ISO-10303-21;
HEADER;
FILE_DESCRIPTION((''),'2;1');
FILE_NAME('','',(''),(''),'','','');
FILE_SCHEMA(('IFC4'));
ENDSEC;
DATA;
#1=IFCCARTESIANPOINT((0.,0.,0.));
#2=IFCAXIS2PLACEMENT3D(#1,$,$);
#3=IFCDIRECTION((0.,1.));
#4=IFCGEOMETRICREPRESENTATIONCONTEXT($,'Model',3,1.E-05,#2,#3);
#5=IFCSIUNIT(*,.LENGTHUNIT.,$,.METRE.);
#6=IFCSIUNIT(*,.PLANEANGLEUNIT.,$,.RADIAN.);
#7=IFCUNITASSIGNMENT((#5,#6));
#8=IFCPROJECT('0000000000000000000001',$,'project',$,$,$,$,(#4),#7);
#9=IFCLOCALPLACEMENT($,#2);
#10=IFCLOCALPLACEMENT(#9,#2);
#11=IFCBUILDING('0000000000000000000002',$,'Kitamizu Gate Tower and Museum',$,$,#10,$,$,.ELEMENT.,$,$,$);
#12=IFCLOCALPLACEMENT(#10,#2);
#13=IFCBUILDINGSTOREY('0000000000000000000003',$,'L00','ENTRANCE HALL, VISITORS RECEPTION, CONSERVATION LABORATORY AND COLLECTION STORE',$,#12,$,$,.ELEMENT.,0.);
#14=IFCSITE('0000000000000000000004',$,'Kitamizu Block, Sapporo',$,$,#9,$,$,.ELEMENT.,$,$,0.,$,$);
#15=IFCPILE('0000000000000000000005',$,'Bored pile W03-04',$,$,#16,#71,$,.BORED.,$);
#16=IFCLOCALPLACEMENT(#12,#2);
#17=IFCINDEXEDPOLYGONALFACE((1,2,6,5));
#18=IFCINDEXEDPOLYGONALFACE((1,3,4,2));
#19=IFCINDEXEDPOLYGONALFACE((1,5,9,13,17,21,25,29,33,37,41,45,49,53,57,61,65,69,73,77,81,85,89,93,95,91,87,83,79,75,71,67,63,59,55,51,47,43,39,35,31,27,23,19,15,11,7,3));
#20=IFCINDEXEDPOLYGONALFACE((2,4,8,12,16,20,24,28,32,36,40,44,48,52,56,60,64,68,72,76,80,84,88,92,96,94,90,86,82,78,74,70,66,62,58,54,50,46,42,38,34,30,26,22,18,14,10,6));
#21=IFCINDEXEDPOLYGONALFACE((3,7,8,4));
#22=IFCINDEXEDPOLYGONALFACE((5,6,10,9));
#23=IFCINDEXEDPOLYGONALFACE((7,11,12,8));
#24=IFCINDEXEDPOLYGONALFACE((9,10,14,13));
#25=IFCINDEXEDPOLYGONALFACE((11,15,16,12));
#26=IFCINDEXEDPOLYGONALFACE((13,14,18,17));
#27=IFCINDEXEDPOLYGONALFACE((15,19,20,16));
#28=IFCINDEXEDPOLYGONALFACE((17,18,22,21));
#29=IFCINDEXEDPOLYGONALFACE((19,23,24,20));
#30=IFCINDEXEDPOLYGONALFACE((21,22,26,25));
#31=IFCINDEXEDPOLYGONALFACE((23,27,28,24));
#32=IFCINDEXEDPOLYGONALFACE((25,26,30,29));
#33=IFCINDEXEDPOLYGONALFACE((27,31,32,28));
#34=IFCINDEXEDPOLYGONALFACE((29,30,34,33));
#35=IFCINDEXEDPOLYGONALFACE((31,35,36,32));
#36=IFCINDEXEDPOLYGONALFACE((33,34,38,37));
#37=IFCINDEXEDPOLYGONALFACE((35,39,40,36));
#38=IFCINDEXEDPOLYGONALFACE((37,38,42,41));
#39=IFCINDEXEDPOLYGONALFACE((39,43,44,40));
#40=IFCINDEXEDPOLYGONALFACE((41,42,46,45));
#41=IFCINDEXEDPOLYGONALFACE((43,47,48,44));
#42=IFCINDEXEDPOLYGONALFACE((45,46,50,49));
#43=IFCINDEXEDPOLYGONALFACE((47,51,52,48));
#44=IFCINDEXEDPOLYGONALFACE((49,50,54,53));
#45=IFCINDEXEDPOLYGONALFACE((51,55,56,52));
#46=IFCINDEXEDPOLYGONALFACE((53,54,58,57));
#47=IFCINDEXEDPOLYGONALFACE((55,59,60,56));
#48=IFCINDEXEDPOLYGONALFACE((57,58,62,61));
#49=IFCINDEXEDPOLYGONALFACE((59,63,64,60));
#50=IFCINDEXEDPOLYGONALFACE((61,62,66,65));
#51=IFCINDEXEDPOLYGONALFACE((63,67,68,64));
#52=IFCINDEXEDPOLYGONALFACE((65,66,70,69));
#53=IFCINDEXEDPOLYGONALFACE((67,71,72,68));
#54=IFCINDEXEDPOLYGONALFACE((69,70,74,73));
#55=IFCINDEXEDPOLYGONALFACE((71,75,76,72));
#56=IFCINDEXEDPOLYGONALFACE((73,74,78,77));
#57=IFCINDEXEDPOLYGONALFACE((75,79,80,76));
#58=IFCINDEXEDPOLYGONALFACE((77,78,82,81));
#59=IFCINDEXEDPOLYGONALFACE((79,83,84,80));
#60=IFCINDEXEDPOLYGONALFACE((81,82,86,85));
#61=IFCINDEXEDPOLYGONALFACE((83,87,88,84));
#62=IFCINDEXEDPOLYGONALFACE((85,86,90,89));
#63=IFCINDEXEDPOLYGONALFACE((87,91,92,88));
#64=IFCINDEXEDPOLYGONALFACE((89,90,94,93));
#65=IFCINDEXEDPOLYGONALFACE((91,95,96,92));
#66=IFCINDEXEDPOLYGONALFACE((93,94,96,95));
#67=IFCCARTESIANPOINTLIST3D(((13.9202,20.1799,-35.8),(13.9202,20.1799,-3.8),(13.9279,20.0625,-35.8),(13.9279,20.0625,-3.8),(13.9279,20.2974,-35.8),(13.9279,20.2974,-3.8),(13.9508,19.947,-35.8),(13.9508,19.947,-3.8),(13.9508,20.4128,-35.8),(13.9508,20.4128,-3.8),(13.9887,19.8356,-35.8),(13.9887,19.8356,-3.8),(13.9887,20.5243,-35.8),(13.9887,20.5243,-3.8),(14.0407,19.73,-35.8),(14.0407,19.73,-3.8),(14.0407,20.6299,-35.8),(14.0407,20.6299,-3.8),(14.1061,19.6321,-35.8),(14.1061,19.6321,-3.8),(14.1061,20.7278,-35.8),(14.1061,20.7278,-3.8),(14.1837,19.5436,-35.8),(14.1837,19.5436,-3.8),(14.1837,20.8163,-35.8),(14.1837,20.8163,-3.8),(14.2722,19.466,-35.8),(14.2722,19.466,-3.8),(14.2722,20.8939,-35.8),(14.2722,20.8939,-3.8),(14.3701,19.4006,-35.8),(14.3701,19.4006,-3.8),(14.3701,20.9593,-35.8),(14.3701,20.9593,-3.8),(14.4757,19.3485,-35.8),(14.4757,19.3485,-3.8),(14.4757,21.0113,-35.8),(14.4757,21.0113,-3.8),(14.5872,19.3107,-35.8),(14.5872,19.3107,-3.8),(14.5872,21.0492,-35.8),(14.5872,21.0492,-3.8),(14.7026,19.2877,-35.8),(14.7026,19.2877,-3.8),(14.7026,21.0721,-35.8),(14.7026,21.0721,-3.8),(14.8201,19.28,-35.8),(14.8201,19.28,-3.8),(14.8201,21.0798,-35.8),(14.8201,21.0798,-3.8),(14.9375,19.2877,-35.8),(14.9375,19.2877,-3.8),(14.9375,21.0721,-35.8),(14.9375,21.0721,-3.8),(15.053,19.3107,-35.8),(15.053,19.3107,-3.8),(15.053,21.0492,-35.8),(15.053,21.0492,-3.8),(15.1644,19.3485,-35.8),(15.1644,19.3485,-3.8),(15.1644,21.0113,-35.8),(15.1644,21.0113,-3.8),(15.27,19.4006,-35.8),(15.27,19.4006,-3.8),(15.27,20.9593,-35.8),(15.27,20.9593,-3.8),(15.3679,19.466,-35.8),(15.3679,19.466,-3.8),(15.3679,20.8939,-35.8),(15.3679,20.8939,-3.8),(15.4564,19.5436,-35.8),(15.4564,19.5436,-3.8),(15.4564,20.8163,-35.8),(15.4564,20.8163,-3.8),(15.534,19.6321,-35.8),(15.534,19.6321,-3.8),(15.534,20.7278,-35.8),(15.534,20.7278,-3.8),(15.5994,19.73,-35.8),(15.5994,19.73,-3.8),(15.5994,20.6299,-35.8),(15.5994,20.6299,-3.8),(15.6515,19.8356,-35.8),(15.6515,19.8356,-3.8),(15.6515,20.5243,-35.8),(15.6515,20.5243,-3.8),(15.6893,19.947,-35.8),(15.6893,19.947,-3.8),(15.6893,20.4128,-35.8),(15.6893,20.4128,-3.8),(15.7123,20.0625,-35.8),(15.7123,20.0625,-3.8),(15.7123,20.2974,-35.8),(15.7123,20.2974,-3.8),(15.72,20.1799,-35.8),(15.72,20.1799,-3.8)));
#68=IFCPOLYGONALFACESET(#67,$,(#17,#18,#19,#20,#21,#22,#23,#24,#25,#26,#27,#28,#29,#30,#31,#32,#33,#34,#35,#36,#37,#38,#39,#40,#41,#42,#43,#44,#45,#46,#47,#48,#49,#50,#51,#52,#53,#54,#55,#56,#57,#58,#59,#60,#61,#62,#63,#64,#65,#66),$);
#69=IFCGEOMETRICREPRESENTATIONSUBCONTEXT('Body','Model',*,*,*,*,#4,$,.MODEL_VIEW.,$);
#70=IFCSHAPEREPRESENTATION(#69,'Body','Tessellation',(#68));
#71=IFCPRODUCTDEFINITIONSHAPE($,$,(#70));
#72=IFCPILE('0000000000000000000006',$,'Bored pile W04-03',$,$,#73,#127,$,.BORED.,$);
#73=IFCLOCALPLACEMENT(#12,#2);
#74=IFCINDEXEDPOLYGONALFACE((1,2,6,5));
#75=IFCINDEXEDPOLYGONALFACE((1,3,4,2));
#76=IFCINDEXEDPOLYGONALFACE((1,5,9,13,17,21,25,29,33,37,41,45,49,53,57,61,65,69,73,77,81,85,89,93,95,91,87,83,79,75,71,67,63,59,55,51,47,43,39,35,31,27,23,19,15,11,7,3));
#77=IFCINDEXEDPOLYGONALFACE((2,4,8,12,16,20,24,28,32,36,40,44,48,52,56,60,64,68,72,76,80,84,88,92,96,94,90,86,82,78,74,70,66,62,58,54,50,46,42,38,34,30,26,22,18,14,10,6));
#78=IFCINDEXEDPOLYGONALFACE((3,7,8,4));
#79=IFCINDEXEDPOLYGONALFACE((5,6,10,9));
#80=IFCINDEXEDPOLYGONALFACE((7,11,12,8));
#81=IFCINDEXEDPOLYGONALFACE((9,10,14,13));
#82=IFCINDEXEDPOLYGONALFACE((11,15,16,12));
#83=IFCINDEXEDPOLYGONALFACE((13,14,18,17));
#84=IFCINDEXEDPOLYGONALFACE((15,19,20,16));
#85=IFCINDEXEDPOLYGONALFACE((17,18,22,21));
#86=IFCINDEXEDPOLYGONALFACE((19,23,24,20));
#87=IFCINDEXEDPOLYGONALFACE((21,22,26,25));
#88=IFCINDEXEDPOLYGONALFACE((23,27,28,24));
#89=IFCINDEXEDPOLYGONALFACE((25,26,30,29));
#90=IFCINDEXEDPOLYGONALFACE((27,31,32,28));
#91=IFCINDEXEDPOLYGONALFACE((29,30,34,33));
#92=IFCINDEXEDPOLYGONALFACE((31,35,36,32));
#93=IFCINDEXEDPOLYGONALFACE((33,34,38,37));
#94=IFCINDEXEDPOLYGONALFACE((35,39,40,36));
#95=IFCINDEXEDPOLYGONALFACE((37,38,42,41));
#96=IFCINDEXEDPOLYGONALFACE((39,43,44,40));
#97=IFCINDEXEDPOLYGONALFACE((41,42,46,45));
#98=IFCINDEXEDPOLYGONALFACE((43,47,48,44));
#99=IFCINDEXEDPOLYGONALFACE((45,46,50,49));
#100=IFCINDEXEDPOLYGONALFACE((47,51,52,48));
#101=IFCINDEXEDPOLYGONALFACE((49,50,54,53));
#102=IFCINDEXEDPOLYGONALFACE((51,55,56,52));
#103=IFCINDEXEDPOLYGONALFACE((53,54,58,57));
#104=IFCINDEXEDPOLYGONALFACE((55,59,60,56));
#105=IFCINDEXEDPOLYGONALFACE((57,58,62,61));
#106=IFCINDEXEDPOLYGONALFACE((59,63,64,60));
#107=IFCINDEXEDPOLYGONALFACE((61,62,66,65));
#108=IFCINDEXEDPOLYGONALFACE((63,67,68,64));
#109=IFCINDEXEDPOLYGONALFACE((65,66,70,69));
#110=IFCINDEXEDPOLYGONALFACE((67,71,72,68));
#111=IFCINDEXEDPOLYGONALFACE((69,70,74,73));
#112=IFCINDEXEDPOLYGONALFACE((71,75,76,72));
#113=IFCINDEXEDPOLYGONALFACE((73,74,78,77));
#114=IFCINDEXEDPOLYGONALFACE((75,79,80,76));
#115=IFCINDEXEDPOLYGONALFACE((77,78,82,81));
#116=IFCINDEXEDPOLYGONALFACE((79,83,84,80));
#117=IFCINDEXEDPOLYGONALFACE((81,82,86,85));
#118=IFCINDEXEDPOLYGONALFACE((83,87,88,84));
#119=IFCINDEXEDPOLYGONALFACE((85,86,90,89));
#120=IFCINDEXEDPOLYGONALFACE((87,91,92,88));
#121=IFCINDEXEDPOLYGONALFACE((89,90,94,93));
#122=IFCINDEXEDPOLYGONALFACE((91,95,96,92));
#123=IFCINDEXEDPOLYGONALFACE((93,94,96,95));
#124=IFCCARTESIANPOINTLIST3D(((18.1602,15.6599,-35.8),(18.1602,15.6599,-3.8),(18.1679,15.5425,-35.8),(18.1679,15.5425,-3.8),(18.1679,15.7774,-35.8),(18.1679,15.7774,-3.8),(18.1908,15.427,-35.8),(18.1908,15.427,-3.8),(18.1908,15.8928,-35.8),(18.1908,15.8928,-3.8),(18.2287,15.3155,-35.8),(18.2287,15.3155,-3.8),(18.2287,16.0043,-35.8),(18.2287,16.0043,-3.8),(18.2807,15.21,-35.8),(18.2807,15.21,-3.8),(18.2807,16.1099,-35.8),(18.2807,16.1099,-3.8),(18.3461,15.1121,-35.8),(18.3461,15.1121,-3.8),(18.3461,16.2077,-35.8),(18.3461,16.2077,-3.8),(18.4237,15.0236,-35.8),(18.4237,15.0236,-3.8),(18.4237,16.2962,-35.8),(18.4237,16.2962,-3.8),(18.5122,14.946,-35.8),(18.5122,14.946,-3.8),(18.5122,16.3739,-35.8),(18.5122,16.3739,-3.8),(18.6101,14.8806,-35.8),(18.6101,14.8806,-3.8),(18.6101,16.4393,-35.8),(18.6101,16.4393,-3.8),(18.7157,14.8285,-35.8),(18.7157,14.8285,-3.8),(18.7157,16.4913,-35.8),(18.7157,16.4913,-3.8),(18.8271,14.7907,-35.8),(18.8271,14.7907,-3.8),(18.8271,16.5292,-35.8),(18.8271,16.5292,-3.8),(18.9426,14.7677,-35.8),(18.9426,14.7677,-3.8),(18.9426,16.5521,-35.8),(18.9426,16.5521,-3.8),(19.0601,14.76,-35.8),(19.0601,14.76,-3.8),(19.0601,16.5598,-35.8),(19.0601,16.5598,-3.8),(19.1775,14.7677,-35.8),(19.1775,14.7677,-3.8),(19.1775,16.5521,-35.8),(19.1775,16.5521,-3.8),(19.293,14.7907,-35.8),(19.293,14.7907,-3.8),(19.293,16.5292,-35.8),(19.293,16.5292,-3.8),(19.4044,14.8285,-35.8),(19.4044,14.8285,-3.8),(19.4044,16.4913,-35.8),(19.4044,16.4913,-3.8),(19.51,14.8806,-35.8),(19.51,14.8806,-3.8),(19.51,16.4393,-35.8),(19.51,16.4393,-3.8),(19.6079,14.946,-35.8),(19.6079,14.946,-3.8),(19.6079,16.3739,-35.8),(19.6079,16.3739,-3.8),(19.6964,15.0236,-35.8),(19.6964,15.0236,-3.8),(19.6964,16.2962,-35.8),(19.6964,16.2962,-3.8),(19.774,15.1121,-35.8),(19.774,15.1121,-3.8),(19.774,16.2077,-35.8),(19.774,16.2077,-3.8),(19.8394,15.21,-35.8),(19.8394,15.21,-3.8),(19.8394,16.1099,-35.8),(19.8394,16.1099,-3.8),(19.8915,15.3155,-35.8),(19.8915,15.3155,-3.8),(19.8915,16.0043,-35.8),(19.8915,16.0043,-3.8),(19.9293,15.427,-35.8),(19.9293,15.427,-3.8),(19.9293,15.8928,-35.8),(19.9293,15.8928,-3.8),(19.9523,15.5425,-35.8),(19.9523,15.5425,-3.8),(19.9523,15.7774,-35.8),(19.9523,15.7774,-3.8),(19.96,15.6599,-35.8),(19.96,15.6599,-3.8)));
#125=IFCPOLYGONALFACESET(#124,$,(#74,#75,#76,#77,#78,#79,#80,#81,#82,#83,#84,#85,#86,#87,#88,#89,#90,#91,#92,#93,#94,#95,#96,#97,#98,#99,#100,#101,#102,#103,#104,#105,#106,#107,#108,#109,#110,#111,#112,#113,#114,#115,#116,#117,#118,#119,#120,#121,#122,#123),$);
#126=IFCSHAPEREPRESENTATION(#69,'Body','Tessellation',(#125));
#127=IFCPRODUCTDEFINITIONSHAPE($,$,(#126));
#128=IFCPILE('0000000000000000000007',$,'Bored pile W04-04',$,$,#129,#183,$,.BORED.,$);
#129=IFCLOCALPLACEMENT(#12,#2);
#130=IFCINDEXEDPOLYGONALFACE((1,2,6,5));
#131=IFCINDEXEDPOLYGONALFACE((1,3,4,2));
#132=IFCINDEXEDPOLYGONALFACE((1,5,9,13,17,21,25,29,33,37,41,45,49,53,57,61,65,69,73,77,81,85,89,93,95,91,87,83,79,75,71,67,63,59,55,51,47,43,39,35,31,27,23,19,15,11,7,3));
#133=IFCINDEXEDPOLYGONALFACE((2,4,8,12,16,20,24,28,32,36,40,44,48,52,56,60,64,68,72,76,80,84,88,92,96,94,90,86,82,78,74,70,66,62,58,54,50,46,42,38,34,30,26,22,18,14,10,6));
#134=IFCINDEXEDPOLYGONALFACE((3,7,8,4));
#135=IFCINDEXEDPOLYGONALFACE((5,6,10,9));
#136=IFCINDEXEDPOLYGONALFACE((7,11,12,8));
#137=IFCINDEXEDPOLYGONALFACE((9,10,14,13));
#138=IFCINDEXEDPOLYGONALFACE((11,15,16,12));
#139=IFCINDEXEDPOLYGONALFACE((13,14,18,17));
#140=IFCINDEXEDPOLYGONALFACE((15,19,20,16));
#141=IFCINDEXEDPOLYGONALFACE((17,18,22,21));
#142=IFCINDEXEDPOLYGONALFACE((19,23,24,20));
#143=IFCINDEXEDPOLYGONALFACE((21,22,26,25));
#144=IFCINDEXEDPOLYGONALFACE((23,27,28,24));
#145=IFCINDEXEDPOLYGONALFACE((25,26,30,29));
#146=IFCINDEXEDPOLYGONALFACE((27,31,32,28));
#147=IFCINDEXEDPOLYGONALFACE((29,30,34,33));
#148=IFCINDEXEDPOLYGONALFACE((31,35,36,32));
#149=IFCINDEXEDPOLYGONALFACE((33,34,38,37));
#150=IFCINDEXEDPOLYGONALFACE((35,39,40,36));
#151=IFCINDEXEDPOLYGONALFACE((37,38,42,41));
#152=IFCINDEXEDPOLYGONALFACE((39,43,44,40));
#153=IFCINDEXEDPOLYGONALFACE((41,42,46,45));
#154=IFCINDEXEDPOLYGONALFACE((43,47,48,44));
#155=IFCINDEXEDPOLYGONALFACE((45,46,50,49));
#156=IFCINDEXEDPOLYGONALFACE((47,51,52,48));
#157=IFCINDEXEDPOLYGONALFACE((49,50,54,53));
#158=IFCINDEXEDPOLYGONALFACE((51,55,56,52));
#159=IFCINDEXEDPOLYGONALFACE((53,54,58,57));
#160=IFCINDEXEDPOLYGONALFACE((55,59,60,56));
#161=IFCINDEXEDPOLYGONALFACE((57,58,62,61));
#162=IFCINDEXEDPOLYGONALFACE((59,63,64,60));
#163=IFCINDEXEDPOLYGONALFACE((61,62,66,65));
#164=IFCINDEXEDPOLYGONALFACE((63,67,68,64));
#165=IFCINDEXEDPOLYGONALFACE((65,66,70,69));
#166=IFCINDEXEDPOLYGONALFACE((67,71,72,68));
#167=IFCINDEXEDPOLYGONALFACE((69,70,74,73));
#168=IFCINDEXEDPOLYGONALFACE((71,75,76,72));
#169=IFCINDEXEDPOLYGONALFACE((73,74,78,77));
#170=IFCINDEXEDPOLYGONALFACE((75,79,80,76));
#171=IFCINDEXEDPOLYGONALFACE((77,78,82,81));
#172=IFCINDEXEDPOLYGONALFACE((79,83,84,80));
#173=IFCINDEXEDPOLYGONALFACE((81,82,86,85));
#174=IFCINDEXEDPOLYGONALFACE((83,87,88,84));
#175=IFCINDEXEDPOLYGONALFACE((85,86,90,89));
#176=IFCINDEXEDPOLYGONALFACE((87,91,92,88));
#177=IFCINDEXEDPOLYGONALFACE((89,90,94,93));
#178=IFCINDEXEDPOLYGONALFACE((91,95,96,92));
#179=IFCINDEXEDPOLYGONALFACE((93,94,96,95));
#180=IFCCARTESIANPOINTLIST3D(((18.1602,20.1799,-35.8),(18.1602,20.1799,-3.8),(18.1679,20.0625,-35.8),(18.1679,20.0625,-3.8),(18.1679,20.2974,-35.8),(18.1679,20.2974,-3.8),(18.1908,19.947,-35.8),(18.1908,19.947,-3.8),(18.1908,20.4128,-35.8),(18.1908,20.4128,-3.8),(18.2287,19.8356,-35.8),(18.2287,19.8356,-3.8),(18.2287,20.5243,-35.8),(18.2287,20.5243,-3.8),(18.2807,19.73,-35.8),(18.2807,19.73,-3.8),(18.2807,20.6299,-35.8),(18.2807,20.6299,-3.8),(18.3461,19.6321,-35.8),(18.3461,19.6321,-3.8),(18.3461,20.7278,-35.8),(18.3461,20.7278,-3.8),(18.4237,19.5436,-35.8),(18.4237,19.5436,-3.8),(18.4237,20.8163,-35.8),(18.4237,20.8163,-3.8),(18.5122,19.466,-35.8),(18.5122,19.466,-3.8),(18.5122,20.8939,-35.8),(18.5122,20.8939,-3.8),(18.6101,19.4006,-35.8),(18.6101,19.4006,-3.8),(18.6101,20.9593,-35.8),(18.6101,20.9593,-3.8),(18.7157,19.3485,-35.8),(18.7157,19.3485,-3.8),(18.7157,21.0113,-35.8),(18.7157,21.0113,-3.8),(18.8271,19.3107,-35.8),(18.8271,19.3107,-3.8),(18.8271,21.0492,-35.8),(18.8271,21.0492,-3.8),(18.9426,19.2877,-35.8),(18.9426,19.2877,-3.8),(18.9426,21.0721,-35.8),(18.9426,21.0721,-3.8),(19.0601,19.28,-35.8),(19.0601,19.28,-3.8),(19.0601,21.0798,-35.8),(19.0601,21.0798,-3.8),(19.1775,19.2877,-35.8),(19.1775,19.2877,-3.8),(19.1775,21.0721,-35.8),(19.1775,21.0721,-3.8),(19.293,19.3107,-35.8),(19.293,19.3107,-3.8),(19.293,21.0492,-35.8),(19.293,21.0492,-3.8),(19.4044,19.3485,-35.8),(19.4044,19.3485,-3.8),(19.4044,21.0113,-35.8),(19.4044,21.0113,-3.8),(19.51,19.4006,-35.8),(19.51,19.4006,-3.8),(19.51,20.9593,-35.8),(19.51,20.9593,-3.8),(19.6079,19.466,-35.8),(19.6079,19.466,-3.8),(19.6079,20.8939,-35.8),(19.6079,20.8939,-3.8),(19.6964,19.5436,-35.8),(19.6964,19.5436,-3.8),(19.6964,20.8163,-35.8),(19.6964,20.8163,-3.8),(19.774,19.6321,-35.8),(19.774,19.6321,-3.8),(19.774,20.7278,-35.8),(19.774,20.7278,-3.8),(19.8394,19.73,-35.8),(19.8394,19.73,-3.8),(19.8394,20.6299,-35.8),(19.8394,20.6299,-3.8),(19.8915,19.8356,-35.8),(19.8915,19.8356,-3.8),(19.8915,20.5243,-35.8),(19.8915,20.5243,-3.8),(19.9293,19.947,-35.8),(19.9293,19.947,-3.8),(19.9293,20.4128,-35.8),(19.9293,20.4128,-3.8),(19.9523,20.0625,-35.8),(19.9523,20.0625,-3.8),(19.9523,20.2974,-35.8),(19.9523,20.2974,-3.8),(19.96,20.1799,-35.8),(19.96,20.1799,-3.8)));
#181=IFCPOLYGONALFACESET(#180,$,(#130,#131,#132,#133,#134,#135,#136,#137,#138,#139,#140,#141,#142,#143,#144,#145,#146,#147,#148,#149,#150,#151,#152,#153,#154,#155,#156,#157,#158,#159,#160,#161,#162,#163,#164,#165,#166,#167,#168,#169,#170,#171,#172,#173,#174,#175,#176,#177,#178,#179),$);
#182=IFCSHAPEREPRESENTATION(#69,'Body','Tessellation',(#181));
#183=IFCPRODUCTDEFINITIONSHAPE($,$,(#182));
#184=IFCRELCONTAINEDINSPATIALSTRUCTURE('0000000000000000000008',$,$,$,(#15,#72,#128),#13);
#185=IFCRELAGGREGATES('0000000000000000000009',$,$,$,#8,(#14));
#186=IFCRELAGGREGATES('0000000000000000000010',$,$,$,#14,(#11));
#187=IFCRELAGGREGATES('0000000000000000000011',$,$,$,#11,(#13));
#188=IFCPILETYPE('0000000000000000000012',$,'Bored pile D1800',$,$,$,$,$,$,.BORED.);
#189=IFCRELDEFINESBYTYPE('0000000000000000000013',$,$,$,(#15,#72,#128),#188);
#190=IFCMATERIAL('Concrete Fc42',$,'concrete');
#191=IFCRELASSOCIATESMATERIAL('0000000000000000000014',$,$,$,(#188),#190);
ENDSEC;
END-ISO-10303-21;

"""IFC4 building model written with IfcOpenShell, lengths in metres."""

from ifc_helpers import new_model, si_unit, direction, frame, origin, origin_2d, place, context, subcontext, project, spatial, circle, extrude, material, material_profile, profile_set, type_object, element, save


model = new_model("IFC4")

# Units and contexts
model_context = context("Model", 3, precision=1e-05, world=origin(), true_north=direction((0.0, 1.0)))
body_context = subcontext(model_context, "Body", "Model", "MODEL_VIEW")
ifc_project = project(units=[si_unit("LENGTHUNIT", "METRE"), si_unit("PLANEANGLEUNIT", "RADIAN")], contexts=[model_context])

# Site, building, storey
site_placement = place(None, origin())
site = spatial("IfcSite", under=ifc_project, at=site_placement, Name="Kitamizu Block, Sapporo", CompositionType="ELEMENT", RefElevation=0.0)
building_placement = place(site_placement, origin())
building = spatial("IfcBuilding", under=site, at=building_placement, Name="Kitamizu Gate Tower and Museum", CompositionType="ELEMENT")
storey_placement = place(building_placement, origin())
storey = spatial("IfcBuildingStorey", under=building, at=storey_placement, Name="L00", Description="ENTRANCE HALL, VISITORS RECEPTION, CONSERVATION LABORATORY AND COLLECTION STORE", CompositionType="ELEMENT", Elevation=0.0)

# Piles
ifc_material_1 = material(Name="Concrete Fc42", Category="concrete")
ifc_material_profile_1 = material_profile(ifc_material_1, circle(Radius=0.8999, at=origin_2d()), Name="Bored pile D1800")
ifc_profile_set_1 = profile_set([ifc_material_profile_1], Name="Concrete Fc42")
pile_type = type_object("IfcPileType", Name="Bored pile D1800", PredefinedType="BORED", material=ifc_profile_set_1)
for number, where, z_axis, x_axis, name in (
    (1, (14.8201, 20.1799, -3.8), (0.0, 0.0, -1.0), (1.0, 0.0, 0.0), "Bored pile W03-04"),
    (2, (19.0601, 15.6599, -3.8), (0.0, 0.0, -1.0), (1.0, 0.0, 0.0), "Bored pile W04-03"),
    (3, (19.0601, 20.1799, -3.8), (0.0, 0.0, -1.0), (1.0, 0.0, 0.0), "Bored pile W04-04"),
):
    element("IfcPile", number, at=place(storey_placement, frame(where, z_axis=z_axis, x_axis=x_axis)), inside=storey, type_object=pile_type, Name=name, PredefinedType="BORED", context=body_context, shape_type="SweptSolid", body=[
        extrude(circle(Radius=0.8999, at=origin_2d()), origin(), (0.0, 0.0, 1.0), 32.0),
    ])

save(model, "model.ifc")
